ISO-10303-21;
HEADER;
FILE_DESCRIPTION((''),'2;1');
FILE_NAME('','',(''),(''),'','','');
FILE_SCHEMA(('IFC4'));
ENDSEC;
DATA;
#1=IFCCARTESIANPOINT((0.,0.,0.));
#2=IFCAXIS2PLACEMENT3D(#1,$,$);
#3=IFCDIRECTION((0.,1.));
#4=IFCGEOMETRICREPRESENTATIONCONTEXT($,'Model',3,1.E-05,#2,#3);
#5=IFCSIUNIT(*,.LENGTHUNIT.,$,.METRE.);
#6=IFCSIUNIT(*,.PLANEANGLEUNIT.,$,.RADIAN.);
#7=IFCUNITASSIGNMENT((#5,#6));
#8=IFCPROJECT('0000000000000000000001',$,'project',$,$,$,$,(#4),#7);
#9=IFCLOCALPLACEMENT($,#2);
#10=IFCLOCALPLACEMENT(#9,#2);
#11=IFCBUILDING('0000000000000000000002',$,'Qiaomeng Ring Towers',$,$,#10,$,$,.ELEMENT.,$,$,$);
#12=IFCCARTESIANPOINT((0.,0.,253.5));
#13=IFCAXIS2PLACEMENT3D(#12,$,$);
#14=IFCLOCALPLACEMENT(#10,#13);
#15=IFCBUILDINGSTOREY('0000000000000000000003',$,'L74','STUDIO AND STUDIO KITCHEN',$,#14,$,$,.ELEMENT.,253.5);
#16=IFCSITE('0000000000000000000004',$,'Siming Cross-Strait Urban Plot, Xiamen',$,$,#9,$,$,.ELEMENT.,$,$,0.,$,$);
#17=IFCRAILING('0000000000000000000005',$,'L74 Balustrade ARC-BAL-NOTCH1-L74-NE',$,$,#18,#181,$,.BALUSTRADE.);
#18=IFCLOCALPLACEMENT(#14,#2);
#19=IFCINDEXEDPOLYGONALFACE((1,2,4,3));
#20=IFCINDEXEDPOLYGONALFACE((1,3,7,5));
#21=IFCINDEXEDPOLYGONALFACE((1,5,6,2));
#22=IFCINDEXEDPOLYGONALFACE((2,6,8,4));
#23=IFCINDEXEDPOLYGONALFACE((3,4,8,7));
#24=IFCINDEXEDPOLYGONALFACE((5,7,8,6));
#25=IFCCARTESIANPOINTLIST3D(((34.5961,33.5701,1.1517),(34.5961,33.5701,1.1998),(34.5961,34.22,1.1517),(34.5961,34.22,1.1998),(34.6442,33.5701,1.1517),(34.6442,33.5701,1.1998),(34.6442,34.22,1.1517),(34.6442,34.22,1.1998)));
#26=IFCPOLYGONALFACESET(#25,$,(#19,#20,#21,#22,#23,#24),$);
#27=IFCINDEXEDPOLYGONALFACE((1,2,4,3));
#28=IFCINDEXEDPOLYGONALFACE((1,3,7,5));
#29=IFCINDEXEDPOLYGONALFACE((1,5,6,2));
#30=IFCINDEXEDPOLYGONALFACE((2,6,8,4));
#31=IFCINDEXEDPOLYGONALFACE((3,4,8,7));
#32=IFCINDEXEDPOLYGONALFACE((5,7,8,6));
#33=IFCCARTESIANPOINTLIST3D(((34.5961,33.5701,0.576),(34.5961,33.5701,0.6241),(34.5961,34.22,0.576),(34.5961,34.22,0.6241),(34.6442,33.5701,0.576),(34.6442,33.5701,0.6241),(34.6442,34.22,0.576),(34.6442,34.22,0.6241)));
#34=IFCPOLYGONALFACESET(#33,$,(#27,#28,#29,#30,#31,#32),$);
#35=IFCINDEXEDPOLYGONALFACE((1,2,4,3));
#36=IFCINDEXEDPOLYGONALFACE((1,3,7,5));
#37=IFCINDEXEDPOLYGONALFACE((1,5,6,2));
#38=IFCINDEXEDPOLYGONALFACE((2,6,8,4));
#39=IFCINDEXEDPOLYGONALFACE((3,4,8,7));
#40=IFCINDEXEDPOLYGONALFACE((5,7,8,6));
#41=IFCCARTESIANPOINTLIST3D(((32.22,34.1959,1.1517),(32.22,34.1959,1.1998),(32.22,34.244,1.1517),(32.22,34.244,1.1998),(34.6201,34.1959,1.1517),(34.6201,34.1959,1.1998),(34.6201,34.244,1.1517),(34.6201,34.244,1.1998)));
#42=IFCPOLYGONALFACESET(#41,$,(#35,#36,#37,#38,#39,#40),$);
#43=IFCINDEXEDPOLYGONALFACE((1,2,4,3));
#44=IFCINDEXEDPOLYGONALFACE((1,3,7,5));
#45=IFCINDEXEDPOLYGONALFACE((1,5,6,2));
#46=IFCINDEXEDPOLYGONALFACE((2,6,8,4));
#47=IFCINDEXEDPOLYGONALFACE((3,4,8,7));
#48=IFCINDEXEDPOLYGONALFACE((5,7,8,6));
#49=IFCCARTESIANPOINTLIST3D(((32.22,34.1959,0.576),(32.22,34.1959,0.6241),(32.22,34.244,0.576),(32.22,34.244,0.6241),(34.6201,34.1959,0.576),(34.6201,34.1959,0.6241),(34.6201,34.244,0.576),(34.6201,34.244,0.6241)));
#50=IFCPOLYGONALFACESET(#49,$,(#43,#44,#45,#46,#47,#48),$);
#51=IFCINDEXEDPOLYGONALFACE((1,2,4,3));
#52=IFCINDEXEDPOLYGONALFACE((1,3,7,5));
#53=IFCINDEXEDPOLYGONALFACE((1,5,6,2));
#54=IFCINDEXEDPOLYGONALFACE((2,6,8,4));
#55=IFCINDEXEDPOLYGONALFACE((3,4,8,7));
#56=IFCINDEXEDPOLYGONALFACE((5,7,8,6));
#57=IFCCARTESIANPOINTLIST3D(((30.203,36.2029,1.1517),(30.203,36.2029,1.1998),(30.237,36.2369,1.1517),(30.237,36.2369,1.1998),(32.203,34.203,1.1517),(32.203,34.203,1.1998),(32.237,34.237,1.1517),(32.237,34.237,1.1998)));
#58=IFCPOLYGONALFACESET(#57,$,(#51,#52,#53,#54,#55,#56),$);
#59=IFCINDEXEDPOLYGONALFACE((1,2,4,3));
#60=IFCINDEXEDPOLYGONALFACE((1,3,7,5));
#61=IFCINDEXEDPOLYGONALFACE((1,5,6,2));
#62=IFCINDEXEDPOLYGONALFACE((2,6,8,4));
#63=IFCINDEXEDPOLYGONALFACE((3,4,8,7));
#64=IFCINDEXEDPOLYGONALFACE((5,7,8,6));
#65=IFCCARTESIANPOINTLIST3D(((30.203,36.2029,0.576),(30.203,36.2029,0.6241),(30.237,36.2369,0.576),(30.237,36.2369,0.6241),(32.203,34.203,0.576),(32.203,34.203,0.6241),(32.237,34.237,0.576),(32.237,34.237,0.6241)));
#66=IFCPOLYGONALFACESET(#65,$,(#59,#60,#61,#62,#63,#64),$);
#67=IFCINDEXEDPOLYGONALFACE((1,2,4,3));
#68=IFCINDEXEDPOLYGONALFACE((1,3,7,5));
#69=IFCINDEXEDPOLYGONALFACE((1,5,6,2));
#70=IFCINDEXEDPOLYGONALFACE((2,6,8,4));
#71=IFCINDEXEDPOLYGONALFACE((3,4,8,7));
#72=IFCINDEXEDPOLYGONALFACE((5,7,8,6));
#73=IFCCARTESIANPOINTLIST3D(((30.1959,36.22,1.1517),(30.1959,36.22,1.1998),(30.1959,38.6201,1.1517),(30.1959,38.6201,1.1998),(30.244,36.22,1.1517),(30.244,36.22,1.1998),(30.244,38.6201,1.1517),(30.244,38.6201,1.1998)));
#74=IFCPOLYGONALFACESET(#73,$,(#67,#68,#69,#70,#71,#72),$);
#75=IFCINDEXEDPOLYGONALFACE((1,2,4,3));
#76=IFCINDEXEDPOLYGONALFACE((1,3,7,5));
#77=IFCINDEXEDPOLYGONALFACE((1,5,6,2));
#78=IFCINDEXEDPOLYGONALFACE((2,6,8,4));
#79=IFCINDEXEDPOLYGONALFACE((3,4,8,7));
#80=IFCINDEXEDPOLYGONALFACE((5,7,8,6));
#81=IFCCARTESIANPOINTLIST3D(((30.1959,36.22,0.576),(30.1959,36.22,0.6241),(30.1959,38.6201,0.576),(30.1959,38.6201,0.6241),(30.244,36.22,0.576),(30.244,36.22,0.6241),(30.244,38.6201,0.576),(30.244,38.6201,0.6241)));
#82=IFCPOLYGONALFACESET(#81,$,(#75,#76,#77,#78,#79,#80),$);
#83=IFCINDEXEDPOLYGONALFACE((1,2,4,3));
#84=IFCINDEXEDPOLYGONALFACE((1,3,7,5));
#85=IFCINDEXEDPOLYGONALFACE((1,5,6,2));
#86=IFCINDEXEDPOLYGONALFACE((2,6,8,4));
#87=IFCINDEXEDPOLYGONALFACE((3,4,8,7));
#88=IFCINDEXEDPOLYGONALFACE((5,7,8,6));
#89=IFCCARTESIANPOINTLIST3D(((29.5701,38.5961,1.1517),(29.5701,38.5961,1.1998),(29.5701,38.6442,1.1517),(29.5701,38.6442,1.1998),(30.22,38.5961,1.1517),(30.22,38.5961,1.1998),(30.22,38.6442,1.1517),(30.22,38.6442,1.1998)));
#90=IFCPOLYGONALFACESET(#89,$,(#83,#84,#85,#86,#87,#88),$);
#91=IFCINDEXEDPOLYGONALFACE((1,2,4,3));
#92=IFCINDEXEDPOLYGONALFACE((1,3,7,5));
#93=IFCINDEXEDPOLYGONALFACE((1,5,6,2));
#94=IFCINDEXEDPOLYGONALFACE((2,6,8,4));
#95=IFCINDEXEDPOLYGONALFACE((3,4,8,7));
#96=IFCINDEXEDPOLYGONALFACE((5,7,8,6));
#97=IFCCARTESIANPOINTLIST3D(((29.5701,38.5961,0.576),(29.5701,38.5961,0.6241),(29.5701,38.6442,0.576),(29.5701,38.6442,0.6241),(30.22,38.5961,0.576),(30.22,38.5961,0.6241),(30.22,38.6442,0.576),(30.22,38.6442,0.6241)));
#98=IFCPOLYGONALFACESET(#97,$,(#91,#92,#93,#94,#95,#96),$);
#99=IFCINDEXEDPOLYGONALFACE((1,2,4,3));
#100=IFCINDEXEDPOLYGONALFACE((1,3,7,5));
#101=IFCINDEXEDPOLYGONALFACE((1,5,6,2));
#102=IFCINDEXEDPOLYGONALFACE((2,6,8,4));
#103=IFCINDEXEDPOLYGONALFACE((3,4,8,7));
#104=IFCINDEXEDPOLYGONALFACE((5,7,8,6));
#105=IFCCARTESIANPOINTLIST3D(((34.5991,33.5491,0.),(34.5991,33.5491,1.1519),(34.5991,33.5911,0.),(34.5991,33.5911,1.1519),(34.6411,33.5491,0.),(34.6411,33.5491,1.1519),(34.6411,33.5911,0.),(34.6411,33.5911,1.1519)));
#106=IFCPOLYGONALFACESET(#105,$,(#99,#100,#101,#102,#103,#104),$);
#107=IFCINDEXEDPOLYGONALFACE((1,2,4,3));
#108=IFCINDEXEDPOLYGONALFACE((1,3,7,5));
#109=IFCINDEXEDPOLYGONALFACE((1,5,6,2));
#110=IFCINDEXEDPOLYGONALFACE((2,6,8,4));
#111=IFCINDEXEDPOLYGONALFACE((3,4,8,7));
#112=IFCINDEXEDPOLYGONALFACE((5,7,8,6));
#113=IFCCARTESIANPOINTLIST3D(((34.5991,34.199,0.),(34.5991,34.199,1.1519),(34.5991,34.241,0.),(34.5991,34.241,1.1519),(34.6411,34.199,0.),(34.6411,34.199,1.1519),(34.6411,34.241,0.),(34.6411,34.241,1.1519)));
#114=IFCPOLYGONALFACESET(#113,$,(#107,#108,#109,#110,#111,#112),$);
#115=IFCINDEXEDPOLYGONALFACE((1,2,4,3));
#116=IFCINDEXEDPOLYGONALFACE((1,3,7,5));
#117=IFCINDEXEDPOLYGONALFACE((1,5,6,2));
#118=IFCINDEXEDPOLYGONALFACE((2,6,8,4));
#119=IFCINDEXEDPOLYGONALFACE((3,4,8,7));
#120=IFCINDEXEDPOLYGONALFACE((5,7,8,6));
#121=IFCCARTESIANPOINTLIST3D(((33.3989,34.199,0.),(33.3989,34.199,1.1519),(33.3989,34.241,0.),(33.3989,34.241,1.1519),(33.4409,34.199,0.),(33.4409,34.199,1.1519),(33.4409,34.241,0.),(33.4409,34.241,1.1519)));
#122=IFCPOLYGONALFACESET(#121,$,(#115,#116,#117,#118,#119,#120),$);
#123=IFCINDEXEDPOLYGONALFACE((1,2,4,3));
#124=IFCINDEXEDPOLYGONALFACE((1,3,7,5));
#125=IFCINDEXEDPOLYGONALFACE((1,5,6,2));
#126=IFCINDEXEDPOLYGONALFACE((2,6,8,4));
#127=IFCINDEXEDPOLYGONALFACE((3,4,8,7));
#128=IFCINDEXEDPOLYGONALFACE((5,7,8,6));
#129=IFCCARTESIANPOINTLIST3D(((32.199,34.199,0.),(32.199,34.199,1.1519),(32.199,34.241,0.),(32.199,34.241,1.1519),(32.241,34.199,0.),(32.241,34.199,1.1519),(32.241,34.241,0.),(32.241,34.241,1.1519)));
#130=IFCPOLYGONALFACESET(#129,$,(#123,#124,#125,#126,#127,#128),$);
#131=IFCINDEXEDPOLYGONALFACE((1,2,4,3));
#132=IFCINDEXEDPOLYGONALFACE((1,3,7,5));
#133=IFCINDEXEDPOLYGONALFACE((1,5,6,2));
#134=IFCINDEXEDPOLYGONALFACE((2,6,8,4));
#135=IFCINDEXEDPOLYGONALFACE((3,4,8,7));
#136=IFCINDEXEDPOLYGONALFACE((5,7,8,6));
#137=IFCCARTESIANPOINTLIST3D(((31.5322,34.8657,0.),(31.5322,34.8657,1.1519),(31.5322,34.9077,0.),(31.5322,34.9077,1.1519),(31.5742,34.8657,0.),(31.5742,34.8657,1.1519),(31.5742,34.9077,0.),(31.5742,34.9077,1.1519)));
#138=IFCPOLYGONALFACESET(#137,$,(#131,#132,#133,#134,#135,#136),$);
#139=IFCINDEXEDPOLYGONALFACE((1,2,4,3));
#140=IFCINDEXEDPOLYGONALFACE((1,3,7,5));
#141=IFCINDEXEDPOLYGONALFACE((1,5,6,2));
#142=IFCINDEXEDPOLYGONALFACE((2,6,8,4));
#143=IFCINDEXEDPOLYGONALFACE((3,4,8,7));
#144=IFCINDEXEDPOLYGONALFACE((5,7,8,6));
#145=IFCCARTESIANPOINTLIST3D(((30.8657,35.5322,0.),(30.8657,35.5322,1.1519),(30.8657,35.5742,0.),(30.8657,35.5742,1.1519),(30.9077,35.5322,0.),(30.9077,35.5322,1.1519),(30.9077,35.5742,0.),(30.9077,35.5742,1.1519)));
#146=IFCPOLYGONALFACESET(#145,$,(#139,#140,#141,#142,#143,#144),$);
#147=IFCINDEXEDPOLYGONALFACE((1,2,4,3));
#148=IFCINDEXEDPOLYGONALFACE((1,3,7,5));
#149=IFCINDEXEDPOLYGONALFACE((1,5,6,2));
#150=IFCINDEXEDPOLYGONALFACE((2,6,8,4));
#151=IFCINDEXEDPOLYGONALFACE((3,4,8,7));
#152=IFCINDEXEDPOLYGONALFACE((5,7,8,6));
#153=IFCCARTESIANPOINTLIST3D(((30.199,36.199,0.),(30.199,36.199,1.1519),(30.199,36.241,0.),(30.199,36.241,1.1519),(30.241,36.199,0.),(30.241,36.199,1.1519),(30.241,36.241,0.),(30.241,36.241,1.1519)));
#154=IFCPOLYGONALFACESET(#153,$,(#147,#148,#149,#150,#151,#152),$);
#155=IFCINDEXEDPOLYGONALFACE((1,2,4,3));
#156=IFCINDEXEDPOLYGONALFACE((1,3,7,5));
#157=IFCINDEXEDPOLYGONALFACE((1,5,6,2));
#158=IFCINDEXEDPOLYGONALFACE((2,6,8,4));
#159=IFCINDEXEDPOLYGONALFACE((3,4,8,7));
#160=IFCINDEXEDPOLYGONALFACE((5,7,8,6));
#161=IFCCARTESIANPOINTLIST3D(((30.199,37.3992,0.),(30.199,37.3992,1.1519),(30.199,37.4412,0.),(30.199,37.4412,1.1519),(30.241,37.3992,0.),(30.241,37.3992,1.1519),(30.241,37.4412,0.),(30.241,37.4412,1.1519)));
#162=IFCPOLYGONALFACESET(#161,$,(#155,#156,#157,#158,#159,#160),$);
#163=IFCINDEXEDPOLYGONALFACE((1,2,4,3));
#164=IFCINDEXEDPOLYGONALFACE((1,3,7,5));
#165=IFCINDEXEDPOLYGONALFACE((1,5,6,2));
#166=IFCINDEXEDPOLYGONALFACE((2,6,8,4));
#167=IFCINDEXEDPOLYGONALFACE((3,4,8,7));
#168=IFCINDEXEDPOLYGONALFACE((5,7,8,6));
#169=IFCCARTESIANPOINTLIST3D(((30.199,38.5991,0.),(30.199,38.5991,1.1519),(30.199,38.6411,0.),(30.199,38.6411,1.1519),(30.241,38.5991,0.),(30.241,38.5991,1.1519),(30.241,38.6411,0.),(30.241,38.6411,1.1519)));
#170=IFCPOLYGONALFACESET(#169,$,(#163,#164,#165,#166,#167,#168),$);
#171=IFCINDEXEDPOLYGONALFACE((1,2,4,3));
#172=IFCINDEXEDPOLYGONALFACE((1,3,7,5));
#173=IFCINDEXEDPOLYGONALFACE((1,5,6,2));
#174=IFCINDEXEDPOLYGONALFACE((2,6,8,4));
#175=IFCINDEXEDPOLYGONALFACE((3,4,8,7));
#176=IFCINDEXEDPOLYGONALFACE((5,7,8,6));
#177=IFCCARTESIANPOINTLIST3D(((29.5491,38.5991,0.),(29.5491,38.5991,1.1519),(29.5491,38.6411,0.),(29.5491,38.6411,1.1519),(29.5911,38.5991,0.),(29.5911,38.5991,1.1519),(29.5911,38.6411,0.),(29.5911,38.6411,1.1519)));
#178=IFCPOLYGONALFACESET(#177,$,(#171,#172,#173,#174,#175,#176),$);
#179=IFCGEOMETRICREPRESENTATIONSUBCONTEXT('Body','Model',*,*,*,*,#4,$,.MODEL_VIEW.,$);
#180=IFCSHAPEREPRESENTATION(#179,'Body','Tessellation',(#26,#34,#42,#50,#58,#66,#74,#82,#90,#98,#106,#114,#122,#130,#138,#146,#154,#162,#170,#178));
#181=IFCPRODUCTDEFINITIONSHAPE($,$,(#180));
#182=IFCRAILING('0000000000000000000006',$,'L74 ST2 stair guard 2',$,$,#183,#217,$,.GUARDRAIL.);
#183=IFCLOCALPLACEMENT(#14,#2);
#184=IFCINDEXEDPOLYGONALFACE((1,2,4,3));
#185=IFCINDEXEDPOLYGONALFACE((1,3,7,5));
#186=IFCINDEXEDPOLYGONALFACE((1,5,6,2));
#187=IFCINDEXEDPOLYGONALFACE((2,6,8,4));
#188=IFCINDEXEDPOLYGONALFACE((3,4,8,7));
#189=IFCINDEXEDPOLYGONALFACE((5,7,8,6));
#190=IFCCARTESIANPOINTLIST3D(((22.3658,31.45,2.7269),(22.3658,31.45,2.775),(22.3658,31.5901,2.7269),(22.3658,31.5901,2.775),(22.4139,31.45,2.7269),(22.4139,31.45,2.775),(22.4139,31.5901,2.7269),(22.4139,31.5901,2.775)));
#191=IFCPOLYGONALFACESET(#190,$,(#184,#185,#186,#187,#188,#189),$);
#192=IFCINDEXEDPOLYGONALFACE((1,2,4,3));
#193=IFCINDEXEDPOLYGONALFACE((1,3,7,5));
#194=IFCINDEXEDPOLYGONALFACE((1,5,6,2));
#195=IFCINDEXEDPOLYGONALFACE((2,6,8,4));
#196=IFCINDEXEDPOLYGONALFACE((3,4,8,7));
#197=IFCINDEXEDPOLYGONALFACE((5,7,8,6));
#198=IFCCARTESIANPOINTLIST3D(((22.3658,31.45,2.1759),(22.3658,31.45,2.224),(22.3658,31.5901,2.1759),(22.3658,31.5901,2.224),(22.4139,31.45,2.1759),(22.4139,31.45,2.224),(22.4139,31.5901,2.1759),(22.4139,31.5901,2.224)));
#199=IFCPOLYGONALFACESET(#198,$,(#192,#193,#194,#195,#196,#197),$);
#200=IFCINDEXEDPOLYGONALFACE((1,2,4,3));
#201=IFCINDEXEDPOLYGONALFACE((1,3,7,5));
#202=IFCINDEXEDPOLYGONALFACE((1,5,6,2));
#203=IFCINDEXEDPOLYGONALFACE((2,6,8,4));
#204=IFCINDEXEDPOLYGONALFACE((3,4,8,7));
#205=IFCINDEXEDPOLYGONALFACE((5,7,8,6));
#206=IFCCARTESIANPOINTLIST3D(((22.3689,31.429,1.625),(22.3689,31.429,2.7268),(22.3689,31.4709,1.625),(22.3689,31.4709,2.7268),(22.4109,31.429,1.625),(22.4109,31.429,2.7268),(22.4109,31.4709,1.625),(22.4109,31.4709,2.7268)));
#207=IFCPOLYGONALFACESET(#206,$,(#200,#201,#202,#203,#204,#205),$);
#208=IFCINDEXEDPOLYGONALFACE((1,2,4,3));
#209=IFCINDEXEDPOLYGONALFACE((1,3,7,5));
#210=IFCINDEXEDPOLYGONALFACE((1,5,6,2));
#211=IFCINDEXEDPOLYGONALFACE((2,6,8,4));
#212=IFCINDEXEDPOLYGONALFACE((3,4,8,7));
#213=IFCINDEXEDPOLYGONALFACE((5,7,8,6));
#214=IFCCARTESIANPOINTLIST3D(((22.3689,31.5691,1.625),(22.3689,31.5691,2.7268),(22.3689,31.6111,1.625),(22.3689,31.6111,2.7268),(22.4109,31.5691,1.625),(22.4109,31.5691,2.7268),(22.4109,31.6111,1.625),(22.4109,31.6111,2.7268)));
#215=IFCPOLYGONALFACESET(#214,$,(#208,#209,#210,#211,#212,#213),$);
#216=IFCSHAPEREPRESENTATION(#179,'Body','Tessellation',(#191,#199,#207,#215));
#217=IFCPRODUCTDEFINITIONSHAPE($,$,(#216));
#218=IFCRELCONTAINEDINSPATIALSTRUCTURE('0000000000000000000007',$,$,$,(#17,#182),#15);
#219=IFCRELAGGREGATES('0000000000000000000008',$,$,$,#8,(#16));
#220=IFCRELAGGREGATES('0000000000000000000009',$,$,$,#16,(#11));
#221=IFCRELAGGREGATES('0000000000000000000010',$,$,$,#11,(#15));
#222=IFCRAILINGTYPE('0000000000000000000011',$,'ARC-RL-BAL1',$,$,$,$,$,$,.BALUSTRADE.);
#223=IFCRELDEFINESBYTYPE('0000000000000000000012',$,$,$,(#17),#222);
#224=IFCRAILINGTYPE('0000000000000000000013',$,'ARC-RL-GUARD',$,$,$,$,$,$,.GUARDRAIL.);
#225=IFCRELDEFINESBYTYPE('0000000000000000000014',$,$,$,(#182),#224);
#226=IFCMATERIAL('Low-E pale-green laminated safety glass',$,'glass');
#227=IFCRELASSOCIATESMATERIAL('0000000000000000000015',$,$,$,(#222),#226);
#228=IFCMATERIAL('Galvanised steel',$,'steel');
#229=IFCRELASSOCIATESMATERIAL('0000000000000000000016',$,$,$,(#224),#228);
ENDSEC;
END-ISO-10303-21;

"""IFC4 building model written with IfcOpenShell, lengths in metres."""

from ifc_helpers import new_model, si_unit, direction, frame, origin, origin_2d, place, context, subcontext, project, spatial, rectangle, extrude, material, type_object, element, save


model = new_model("IFC4")

# Units and contexts
model_context = context("Model", 3, precision=1e-05, world=origin(), true_north=direction((0.0, 1.0)))
body_context = subcontext(model_context, "Body", "Model", "MODEL_VIEW")
ifc_project = project(units=[si_unit("LENGTHUNIT", "METRE"), si_unit("PLANEANGLEUNIT", "RADIAN")], contexts=[model_context])

# Site, building, storey
site_placement = place(None, origin())
site = spatial("IfcSite", under=ifc_project, at=site_placement, Name="Siming Cross-Strait Urban Plot, Xiamen", CompositionType="ELEMENT", RefElevation=0.0)
building_placement = place(site_placement, origin())
building = spatial("IfcBuilding", under=site, at=building_placement, Name="Qiaomeng Ring Towers", CompositionType="ELEMENT")
storey_placement = place(building_placement, frame((0.0, 0.0, 253.5)))
storey = spatial("IfcBuildingStorey", under=building, at=storey_placement, Name="L74", Description="STUDIO AND STUDIO KITCHEN", CompositionType="ELEMENT", Elevation=253.5)

# Railings
ifc_material_1 = material(Name="Low-E pale-green laminated safety glass", Category="glass")
railing_type_1 = type_object("IfcRailingType", Name="ARC-RL-BAL1", PredefinedType="BALUSTRADE", material=ifc_material_1)
railing_1_placement = place(storey_placement, frame((34.6201, 33.5701, 0.0)))
element("IfcRailing", 1, at=railing_1_placement, inside=storey, type_object=railing_type_1, Name="L74 Balustrade ARC-BAL-NOTCH1-L74-NE", PredefinedType="BALUSTRADE", context=body_context, shape_type="SweptSolid", body=[
    extrude(rectangle(XDim=0.0481, YDim=0.0481, at=origin_2d()), frame((0.0, 0.0, 1.1758), z_axis=(0.0, 1.0, 0.0), x_axis=(-1.0, 0.0, 0.0)), (0.0, 0.0, 1.0), 0.6499),
    extrude(rectangle(XDim=0.0481, YDim=0.0481, at=origin_2d()), frame((0.0, 0.0, 0.6001), z_axis=(0.0, 1.0, 0.0), x_axis=(-1.0, 0.0, 0.0)), (0.0, 0.0, 1.0), 0.6499),
    extrude(rectangle(XDim=0.0481, YDim=0.0481, at=origin_2d()), frame((0.0, 0.6499, 1.1758), z_axis=(-1.0, 0.0, 0.0), x_axis=(0.0, -1.0, 0.0)), (0.0, 0.0, 1.0), 2.4001),
    extrude(rectangle(XDim=0.0481, YDim=0.0481, at=origin_2d()), frame((0.0, 0.6499, 0.6001), z_axis=(-1.0, 0.0, 0.0), x_axis=(0.0, -1.0, 0.0)), (0.0, 0.0, 1.0), 2.4001),
    extrude(rectangle(XDim=0.0481, YDim=0.0481, at=origin_2d()), frame((-2.4001, 0.6499, 1.1758), z_axis=(-0.707107, 0.707107, 0.0), x_axis=(-0.707107, -0.707107, 0.0)), (0.0, 0.0, 1.0), 2.8284),
    extrude(rectangle(XDim=0.0481, YDim=0.0481, at=origin_2d()), frame((-2.4001, 0.6499, 0.6001), z_axis=(-0.707107, 0.707107, 0.0), x_axis=(-0.707107, -0.707107, 0.0)), (0.0, 0.0, 1.0), 2.8284),
    extrude(rectangle(XDim=0.0481, YDim=0.0481, at=origin_2d()), frame((-4.4001, 2.6499, 1.1758), z_axis=(0.0, 1.0, 0.0), x_axis=(-1.0, 0.0, 0.0)), (0.0, 0.0, 1.0), 2.4001),
    extrude(rectangle(XDim=0.0481, YDim=0.0481, at=origin_2d()), frame((-4.4001, 2.6499, 0.6001), z_axis=(0.0, 1.0, 0.0), x_axis=(-1.0, 0.0, 0.0)), (0.0, 0.0, 1.0), 2.4001),
    extrude(rectangle(XDim=0.0481, YDim=0.0481, at=origin_2d()), frame((-4.4001, 5.05, 1.1758), z_axis=(-1.0, 0.0, 0.0), x_axis=(0.0, -1.0, 0.0)), (0.0, 0.0, 1.0), 0.6499),
    extrude(rectangle(XDim=0.0481, YDim=0.0481, at=origin_2d()), frame((-4.4001, 5.05, 0.6001), z_axis=(-1.0, 0.0, 0.0), x_axis=(0.0, -1.0, 0.0)), (0.0, 0.0, 1.0), 0.6499),
    extrude(rectangle(XDim=0.042, YDim=0.042, at=origin_2d()), origin(), (0.0, 0.0, 1.0), 1.1519),
    extrude(rectangle(XDim=0.042, YDim=0.042, at=origin_2d()), frame((0.0, 0.6499, 0.0)), (0.0, 0.0, 1.0), 1.1519),
    extrude(rectangle(XDim=0.042, YDim=0.042, at=origin_2d()), frame((-1.2002, 0.6499, 0.0)), (0.0, 0.0, 1.0), 1.1519),
    extrude(rectangle(XDim=0.042, YDim=0.042, at=origin_2d()), frame((-2.4001, 0.6499, 0.0)), (0.0, 0.0, 1.0), 1.1519),
    extrude(rectangle(XDim=0.042, YDim=0.042, at=origin_2d()), frame((-3.0669, 1.3167, 0.0)), (0.0, 0.0, 1.0), 1.1519),
    extrude(rectangle(XDim=0.042, YDim=0.042, at=origin_2d()), frame((-3.7334, 1.9832, 0.0)), (0.0, 0.0, 1.0), 1.1519),
    extrude(rectangle(XDim=0.042, YDim=0.042, at=origin_2d()), frame((-4.4001, 2.6499, 0.0)), (0.0, 0.0, 1.0), 1.1519),
    extrude(rectangle(XDim=0.042, YDim=0.042, at=origin_2d()), frame((-4.4001, 3.8501, 0.0)), (0.0, 0.0, 1.0), 1.1519),
    extrude(rectangle(XDim=0.042, YDim=0.042, at=origin_2d()), frame((-4.4001, 5.05, 0.0)), (0.0, 0.0, 1.0), 1.1519),
    extrude(rectangle(XDim=0.042, YDim=0.042, at=origin_2d()), frame((-5.05, 5.05, 0.0)), (0.0, 0.0, 1.0), 1.1519),
])
ifc_material_2 = material(Name="Galvanised steel", Category="steel")
railing_type_2 = type_object("IfcRailingType", Name="ARC-RL-GUARD", PredefinedType="GUARDRAIL", material=ifc_material_2)
railing_2_placement = place(storey_placement, frame((22.3899, 31.45, 1.625)))
element("IfcRailing", 2, at=railing_2_placement, inside=storey, type_object=railing_type_2, Name="L74 ST2 stair guard 2", PredefinedType="GUARDRAIL", context=body_context, shape_type="SweptSolid", body=[
    extrude(rectangle(XDim=0.0481, YDim=0.0481, at=origin_2d()), frame((0.0, 0.0, 1.126), z_axis=(0.0, 1.0, 0.0), x_axis=(-1.0, 0.0, 0.0)), (0.0, 0.0, 1.0), 0.1401),
    extrude(rectangle(XDim=0.0481, YDim=0.0481, at=origin_2d()), frame((0.0, 0.0, 0.575), z_axis=(0.0, 1.0, 0.0), x_axis=(-1.0, 0.0, 0.0)), (0.0, 0.0, 1.0), 0.1401),
    extrude(rectangle(XDim=0.042, YDim=0.042, at=origin_2d()), origin(), (0.0, 0.0, 1.0), 1.1018),
    extrude(rectangle(XDim=0.042, YDim=0.042, at=origin_2d()), frame((0.0, 0.1401, 0.0)), (0.0, 0.0, 1.0), 1.1018),
])

save(model, "model.ifc")
